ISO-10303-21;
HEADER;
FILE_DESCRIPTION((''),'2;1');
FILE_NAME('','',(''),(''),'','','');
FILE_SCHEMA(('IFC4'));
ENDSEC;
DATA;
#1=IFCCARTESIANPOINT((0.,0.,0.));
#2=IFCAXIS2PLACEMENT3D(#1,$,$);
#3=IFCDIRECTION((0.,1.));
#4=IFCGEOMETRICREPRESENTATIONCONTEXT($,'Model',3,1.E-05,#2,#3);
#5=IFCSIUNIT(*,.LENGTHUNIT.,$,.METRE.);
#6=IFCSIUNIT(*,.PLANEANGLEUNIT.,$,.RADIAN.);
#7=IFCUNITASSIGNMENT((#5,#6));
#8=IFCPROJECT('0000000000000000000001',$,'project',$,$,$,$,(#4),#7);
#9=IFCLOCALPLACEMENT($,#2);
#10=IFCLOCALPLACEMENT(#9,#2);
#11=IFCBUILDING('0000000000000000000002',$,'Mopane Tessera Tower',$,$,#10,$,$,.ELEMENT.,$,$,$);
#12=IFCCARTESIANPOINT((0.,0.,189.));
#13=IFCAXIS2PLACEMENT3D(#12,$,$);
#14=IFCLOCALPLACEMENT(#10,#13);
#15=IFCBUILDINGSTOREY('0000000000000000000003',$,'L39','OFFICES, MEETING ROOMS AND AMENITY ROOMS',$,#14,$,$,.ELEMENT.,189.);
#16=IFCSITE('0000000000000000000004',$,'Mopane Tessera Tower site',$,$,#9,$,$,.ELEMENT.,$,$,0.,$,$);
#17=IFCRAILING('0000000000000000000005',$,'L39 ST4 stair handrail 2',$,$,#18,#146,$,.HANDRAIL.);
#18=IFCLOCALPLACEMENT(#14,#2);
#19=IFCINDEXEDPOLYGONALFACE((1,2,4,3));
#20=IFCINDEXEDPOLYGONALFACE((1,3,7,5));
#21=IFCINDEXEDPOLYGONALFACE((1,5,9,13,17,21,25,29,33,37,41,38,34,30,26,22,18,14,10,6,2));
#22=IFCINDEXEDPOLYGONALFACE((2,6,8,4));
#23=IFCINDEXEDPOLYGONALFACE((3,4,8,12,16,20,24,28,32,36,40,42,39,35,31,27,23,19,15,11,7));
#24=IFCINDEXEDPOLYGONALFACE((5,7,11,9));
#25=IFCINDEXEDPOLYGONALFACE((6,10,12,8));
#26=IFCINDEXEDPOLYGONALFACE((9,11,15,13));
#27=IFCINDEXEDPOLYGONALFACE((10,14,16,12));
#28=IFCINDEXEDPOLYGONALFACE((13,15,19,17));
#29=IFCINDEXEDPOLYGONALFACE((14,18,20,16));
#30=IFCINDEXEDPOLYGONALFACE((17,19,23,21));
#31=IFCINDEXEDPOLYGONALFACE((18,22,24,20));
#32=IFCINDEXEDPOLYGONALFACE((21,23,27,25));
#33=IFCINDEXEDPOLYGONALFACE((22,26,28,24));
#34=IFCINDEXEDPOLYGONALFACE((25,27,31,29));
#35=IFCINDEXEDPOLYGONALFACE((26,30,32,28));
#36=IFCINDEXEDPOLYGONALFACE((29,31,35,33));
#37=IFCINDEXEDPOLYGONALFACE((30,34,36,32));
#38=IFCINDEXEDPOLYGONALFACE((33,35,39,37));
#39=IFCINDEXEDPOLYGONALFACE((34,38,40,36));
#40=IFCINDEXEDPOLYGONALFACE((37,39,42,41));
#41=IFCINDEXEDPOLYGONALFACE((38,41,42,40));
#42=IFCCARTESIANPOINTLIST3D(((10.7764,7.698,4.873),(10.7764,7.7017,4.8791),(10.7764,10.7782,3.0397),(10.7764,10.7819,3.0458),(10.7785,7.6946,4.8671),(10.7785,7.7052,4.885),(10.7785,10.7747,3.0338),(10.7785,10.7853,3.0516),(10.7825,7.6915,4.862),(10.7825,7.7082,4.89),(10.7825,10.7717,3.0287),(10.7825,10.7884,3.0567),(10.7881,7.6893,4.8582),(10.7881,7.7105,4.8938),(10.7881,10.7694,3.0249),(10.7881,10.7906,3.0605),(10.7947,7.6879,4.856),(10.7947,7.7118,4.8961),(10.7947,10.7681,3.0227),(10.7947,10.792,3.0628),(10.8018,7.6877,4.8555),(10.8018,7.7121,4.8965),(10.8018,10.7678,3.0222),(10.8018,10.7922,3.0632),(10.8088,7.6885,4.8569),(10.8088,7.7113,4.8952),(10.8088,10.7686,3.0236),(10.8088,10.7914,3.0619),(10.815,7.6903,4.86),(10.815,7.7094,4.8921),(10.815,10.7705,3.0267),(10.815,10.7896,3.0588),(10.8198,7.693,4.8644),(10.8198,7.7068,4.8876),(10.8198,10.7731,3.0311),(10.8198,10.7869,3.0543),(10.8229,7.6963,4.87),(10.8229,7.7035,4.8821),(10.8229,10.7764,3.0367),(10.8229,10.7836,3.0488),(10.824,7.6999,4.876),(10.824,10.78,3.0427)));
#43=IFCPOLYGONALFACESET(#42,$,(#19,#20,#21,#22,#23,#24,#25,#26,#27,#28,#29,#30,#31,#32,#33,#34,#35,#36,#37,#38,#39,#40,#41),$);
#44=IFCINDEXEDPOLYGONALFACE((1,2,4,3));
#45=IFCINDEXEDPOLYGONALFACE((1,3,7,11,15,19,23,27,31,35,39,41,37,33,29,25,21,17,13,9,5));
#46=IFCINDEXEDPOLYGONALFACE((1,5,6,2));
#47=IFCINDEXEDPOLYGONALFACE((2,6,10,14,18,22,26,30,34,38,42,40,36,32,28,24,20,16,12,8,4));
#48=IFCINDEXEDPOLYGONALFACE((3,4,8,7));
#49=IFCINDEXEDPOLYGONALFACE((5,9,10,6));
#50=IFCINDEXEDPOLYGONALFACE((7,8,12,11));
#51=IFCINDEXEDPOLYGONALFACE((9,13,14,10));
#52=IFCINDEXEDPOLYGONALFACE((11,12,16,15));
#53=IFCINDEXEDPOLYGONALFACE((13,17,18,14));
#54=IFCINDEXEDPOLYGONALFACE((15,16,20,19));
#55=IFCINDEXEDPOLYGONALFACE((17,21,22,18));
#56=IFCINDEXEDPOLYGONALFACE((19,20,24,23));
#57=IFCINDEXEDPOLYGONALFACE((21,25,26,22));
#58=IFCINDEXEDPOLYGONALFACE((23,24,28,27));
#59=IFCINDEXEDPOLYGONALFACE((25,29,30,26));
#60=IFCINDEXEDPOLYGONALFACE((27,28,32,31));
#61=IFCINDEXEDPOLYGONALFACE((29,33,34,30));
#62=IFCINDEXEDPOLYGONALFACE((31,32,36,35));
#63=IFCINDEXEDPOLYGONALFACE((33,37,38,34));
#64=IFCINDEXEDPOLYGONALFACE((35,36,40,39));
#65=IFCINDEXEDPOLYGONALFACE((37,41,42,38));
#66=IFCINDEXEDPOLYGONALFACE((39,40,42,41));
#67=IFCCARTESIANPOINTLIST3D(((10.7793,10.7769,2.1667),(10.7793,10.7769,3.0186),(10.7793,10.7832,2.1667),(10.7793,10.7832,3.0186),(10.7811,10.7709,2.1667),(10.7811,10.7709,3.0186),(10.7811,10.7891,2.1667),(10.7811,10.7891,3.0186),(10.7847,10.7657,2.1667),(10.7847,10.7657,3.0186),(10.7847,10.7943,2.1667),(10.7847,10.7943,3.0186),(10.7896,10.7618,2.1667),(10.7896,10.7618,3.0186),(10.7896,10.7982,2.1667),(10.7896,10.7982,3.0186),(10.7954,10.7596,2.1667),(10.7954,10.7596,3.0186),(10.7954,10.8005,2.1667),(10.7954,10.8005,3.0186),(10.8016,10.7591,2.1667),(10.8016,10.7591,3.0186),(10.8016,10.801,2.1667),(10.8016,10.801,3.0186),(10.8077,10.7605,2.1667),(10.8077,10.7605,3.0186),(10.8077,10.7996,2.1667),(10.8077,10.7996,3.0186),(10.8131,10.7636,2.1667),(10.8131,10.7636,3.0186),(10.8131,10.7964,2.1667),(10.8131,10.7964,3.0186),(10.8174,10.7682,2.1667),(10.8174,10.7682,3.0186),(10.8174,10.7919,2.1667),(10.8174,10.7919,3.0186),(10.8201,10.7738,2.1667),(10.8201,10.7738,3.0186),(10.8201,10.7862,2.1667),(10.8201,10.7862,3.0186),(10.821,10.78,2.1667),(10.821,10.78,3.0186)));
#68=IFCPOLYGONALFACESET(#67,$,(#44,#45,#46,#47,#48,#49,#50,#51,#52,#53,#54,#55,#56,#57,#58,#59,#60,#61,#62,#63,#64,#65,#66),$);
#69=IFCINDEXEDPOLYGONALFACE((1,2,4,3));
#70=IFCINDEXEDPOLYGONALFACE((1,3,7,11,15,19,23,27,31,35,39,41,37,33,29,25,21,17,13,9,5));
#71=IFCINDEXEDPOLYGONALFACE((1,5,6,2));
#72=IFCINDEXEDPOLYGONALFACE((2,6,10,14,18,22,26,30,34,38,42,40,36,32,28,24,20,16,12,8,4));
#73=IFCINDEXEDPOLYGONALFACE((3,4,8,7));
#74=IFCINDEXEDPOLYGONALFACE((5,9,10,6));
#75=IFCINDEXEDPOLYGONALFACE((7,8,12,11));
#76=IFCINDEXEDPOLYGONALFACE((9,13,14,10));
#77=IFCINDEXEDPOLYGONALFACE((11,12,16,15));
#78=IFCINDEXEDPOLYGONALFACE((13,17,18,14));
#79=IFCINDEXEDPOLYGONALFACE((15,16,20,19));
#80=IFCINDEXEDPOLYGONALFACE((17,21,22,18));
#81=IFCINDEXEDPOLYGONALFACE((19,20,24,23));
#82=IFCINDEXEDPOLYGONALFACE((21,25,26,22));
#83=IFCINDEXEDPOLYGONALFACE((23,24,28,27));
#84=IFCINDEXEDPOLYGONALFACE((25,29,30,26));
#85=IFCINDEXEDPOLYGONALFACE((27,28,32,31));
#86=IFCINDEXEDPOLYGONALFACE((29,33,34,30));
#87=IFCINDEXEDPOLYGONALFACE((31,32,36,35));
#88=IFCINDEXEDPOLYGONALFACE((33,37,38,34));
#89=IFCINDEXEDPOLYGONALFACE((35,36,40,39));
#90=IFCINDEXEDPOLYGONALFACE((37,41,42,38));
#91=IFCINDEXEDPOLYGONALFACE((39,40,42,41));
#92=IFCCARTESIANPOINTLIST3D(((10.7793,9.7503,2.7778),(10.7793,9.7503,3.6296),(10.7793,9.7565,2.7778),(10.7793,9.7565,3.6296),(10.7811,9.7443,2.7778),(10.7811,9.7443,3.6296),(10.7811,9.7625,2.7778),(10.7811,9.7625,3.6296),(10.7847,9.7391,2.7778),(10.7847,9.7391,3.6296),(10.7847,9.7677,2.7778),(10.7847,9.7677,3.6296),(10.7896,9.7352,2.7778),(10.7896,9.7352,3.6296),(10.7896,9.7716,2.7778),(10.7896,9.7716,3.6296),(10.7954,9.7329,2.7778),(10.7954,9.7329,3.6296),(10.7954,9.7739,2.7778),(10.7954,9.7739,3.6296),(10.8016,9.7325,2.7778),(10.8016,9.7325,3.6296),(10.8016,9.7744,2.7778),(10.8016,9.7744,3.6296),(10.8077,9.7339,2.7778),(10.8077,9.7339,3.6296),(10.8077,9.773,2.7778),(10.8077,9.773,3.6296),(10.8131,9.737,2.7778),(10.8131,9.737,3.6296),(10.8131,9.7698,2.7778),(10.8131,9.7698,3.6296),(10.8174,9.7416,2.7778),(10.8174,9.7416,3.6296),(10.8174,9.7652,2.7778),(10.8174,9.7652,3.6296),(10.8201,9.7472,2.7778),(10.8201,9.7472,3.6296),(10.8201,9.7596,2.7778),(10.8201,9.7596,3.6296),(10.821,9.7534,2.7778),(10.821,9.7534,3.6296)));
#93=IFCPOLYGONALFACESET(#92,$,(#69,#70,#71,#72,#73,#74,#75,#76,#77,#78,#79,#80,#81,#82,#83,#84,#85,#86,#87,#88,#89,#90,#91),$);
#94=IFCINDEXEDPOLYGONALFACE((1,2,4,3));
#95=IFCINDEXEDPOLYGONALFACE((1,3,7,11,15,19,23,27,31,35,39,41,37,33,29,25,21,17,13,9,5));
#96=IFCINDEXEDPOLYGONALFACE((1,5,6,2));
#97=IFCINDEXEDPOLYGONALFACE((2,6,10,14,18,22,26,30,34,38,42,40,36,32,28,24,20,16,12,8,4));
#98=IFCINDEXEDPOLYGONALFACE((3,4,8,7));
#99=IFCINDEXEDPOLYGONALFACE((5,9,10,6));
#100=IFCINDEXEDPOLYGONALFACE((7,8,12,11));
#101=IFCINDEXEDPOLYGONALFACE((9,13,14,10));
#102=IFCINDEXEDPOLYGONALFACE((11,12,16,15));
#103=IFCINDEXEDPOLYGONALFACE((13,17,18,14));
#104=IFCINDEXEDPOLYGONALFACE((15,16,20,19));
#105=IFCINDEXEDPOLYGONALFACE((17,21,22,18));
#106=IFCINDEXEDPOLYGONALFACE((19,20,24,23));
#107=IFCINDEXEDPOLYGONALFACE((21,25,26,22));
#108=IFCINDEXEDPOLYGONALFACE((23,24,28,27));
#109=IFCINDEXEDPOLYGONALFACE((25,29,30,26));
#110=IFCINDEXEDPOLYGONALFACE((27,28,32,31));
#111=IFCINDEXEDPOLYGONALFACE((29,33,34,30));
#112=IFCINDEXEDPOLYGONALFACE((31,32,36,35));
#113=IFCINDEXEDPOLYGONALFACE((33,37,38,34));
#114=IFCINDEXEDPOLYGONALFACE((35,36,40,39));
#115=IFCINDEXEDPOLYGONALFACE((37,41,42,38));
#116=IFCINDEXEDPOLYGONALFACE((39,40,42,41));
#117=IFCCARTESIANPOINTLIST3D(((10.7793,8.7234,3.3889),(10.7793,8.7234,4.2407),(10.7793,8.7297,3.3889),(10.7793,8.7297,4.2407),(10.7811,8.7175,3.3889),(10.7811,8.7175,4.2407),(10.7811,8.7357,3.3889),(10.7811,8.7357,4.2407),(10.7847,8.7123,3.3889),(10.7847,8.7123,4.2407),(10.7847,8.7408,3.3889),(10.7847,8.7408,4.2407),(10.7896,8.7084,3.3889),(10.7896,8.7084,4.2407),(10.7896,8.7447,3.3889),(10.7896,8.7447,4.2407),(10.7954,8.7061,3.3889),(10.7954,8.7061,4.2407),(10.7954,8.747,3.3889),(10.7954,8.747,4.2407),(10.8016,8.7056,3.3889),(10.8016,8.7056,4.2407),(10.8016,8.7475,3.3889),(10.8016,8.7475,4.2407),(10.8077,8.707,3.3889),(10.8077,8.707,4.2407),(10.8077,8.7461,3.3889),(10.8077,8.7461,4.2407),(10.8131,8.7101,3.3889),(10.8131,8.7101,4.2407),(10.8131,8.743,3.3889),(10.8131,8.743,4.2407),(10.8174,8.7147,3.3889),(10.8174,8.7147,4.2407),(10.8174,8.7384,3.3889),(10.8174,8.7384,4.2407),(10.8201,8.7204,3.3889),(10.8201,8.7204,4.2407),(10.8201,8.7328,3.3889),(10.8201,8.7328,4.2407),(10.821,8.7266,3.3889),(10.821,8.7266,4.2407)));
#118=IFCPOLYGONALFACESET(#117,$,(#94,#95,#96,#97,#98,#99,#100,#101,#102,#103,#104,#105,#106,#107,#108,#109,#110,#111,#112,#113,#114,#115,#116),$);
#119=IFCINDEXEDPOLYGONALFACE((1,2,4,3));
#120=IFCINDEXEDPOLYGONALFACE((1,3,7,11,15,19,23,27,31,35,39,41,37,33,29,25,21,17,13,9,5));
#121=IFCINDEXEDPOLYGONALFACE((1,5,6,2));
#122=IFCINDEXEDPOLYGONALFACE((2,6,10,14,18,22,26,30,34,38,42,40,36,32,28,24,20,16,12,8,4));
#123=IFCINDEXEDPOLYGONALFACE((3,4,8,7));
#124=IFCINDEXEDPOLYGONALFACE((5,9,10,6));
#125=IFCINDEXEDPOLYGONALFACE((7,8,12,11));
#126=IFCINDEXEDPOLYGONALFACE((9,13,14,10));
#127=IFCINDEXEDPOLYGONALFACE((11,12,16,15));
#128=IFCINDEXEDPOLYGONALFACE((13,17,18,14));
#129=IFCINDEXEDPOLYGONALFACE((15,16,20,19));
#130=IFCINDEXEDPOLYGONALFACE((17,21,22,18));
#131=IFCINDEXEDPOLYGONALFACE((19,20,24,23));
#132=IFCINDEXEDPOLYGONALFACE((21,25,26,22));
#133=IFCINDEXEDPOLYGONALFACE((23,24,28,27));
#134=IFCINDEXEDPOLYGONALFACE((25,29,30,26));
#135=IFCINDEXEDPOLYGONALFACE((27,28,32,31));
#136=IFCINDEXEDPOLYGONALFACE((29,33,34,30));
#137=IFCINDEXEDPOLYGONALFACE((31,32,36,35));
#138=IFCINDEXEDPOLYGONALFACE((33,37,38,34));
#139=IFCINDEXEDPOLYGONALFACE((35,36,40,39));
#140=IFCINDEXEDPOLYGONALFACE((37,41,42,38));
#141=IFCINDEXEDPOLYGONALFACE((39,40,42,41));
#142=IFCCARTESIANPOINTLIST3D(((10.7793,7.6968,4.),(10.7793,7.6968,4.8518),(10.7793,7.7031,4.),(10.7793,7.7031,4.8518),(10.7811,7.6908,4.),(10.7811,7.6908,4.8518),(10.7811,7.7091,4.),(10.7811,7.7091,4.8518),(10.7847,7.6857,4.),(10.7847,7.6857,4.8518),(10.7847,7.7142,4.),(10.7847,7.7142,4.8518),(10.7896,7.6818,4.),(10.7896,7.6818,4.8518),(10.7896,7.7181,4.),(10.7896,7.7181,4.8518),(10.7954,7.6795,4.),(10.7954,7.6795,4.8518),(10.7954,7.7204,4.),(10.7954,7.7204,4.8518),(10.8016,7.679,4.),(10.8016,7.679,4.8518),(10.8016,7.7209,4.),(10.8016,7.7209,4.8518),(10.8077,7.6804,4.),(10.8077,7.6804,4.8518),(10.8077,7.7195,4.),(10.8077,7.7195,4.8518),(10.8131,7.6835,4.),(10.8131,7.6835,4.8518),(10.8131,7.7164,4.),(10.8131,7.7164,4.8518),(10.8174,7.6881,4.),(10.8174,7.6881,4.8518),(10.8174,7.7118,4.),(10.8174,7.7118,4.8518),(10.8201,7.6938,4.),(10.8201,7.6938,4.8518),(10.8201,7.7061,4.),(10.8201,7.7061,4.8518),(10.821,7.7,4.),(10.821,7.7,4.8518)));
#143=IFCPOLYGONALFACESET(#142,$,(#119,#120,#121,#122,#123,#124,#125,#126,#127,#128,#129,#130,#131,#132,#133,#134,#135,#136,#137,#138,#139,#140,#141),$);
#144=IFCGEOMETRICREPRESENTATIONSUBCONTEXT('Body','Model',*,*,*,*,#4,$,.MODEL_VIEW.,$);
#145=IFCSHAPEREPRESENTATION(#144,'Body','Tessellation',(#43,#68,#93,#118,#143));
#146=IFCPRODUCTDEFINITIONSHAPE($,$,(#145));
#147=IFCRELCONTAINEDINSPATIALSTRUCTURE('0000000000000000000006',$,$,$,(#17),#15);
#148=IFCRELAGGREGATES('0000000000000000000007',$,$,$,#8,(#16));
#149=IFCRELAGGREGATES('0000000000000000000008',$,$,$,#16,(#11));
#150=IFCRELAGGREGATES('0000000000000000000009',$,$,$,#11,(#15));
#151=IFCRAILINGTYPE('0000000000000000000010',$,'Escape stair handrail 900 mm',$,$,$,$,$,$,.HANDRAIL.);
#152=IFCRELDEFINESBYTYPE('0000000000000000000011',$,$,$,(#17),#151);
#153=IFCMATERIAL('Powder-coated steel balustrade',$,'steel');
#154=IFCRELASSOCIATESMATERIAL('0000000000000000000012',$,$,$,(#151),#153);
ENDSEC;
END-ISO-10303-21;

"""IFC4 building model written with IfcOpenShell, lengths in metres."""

from ifc_helpers import new_model, si_unit, direction, frame, origin, origin_2d, place, context, subcontext, project, spatial, circle, extrude, material, type_object, element, save


model = new_model("IFC4")

# Units and contexts
model_context = context("Model", 3, precision=1e-05, world=origin(), true_north=direction((0.0, 1.0)))
body_context = subcontext(model_context, "Body", "Model", "MODEL_VIEW")
ifc_project = project(units=[si_unit("LENGTHUNIT", "METRE"), si_unit("PLANEANGLEUNIT", "RADIAN")], contexts=[model_context])

# Site, building, storey
site_placement = place(None, origin())
site = spatial("IfcSite", under=ifc_project, at=site_placement, Name="Mopane Tessera Tower site", CompositionType="ELEMENT", RefElevation=0.0)
building_placement = place(site_placement, origin())
building = spatial("IfcBuilding", under=site, at=building_placement, Name="Mopane Tessera Tower", CompositionType="ELEMENT")
storey_placement = place(building_placement, frame((0.0, 0.0, 189.0)))
storey = spatial("IfcBuildingStorey", under=building, at=storey_placement, Name="L39", Description="OFFICES, MEETING ROOMS AND AMENITY ROOMS", CompositionType="ELEMENT", Elevation=189.0)

# Railing
ifc_material_1 = material(Name="Powder-coated steel balustrade", Category="steel")
railing_type_1 = type_object("IfcRailingType", Name="Escape stair handrail 900 mm", PredefinedType="HANDRAIL", material=ifc_material_1)
railing_1_placement = place(storey_placement, frame((10.8, 10.78, 2.1667)))
element("IfcRailing", 1, at=railing_1_placement, inside=storey, type_object=railing_type_1, Name="L39 ST4 stair handrail 2", PredefinedType="HANDRAIL", context=body_context, shape_type="SweptSolid", body=[
    extrude(circle(Radius=0.0239, at=origin_2d()), frame((0.0, 0.0, 0.876), z_axis=(0.0, -0.859309, 0.511458), x_axis=(1.0, 0.0, 0.0)), (0.0, 0.0, 1.0), 3.5845),
    extrude(circle(Radius=0.021, at=origin_2d()), origin(), (0.0, 0.0, 1.0), 0.8518),
    extrude(circle(Radius=0.021, at=origin_2d()), frame((0.0, -1.0266, 0.6111)), (0.0, 0.0, 1.0), 0.8518),
    extrude(circle(Radius=0.021, at=origin_2d()), frame((0.0, -2.0535, 1.2222)), (0.0, 0.0, 1.0), 0.8518),
    extrude(circle(Radius=0.021, at=origin_2d()), frame((0.0, -3.0801, 1.8333)), (0.0, 0.0, 1.0), 0.8518),
])

save(model, "model.ifc")
